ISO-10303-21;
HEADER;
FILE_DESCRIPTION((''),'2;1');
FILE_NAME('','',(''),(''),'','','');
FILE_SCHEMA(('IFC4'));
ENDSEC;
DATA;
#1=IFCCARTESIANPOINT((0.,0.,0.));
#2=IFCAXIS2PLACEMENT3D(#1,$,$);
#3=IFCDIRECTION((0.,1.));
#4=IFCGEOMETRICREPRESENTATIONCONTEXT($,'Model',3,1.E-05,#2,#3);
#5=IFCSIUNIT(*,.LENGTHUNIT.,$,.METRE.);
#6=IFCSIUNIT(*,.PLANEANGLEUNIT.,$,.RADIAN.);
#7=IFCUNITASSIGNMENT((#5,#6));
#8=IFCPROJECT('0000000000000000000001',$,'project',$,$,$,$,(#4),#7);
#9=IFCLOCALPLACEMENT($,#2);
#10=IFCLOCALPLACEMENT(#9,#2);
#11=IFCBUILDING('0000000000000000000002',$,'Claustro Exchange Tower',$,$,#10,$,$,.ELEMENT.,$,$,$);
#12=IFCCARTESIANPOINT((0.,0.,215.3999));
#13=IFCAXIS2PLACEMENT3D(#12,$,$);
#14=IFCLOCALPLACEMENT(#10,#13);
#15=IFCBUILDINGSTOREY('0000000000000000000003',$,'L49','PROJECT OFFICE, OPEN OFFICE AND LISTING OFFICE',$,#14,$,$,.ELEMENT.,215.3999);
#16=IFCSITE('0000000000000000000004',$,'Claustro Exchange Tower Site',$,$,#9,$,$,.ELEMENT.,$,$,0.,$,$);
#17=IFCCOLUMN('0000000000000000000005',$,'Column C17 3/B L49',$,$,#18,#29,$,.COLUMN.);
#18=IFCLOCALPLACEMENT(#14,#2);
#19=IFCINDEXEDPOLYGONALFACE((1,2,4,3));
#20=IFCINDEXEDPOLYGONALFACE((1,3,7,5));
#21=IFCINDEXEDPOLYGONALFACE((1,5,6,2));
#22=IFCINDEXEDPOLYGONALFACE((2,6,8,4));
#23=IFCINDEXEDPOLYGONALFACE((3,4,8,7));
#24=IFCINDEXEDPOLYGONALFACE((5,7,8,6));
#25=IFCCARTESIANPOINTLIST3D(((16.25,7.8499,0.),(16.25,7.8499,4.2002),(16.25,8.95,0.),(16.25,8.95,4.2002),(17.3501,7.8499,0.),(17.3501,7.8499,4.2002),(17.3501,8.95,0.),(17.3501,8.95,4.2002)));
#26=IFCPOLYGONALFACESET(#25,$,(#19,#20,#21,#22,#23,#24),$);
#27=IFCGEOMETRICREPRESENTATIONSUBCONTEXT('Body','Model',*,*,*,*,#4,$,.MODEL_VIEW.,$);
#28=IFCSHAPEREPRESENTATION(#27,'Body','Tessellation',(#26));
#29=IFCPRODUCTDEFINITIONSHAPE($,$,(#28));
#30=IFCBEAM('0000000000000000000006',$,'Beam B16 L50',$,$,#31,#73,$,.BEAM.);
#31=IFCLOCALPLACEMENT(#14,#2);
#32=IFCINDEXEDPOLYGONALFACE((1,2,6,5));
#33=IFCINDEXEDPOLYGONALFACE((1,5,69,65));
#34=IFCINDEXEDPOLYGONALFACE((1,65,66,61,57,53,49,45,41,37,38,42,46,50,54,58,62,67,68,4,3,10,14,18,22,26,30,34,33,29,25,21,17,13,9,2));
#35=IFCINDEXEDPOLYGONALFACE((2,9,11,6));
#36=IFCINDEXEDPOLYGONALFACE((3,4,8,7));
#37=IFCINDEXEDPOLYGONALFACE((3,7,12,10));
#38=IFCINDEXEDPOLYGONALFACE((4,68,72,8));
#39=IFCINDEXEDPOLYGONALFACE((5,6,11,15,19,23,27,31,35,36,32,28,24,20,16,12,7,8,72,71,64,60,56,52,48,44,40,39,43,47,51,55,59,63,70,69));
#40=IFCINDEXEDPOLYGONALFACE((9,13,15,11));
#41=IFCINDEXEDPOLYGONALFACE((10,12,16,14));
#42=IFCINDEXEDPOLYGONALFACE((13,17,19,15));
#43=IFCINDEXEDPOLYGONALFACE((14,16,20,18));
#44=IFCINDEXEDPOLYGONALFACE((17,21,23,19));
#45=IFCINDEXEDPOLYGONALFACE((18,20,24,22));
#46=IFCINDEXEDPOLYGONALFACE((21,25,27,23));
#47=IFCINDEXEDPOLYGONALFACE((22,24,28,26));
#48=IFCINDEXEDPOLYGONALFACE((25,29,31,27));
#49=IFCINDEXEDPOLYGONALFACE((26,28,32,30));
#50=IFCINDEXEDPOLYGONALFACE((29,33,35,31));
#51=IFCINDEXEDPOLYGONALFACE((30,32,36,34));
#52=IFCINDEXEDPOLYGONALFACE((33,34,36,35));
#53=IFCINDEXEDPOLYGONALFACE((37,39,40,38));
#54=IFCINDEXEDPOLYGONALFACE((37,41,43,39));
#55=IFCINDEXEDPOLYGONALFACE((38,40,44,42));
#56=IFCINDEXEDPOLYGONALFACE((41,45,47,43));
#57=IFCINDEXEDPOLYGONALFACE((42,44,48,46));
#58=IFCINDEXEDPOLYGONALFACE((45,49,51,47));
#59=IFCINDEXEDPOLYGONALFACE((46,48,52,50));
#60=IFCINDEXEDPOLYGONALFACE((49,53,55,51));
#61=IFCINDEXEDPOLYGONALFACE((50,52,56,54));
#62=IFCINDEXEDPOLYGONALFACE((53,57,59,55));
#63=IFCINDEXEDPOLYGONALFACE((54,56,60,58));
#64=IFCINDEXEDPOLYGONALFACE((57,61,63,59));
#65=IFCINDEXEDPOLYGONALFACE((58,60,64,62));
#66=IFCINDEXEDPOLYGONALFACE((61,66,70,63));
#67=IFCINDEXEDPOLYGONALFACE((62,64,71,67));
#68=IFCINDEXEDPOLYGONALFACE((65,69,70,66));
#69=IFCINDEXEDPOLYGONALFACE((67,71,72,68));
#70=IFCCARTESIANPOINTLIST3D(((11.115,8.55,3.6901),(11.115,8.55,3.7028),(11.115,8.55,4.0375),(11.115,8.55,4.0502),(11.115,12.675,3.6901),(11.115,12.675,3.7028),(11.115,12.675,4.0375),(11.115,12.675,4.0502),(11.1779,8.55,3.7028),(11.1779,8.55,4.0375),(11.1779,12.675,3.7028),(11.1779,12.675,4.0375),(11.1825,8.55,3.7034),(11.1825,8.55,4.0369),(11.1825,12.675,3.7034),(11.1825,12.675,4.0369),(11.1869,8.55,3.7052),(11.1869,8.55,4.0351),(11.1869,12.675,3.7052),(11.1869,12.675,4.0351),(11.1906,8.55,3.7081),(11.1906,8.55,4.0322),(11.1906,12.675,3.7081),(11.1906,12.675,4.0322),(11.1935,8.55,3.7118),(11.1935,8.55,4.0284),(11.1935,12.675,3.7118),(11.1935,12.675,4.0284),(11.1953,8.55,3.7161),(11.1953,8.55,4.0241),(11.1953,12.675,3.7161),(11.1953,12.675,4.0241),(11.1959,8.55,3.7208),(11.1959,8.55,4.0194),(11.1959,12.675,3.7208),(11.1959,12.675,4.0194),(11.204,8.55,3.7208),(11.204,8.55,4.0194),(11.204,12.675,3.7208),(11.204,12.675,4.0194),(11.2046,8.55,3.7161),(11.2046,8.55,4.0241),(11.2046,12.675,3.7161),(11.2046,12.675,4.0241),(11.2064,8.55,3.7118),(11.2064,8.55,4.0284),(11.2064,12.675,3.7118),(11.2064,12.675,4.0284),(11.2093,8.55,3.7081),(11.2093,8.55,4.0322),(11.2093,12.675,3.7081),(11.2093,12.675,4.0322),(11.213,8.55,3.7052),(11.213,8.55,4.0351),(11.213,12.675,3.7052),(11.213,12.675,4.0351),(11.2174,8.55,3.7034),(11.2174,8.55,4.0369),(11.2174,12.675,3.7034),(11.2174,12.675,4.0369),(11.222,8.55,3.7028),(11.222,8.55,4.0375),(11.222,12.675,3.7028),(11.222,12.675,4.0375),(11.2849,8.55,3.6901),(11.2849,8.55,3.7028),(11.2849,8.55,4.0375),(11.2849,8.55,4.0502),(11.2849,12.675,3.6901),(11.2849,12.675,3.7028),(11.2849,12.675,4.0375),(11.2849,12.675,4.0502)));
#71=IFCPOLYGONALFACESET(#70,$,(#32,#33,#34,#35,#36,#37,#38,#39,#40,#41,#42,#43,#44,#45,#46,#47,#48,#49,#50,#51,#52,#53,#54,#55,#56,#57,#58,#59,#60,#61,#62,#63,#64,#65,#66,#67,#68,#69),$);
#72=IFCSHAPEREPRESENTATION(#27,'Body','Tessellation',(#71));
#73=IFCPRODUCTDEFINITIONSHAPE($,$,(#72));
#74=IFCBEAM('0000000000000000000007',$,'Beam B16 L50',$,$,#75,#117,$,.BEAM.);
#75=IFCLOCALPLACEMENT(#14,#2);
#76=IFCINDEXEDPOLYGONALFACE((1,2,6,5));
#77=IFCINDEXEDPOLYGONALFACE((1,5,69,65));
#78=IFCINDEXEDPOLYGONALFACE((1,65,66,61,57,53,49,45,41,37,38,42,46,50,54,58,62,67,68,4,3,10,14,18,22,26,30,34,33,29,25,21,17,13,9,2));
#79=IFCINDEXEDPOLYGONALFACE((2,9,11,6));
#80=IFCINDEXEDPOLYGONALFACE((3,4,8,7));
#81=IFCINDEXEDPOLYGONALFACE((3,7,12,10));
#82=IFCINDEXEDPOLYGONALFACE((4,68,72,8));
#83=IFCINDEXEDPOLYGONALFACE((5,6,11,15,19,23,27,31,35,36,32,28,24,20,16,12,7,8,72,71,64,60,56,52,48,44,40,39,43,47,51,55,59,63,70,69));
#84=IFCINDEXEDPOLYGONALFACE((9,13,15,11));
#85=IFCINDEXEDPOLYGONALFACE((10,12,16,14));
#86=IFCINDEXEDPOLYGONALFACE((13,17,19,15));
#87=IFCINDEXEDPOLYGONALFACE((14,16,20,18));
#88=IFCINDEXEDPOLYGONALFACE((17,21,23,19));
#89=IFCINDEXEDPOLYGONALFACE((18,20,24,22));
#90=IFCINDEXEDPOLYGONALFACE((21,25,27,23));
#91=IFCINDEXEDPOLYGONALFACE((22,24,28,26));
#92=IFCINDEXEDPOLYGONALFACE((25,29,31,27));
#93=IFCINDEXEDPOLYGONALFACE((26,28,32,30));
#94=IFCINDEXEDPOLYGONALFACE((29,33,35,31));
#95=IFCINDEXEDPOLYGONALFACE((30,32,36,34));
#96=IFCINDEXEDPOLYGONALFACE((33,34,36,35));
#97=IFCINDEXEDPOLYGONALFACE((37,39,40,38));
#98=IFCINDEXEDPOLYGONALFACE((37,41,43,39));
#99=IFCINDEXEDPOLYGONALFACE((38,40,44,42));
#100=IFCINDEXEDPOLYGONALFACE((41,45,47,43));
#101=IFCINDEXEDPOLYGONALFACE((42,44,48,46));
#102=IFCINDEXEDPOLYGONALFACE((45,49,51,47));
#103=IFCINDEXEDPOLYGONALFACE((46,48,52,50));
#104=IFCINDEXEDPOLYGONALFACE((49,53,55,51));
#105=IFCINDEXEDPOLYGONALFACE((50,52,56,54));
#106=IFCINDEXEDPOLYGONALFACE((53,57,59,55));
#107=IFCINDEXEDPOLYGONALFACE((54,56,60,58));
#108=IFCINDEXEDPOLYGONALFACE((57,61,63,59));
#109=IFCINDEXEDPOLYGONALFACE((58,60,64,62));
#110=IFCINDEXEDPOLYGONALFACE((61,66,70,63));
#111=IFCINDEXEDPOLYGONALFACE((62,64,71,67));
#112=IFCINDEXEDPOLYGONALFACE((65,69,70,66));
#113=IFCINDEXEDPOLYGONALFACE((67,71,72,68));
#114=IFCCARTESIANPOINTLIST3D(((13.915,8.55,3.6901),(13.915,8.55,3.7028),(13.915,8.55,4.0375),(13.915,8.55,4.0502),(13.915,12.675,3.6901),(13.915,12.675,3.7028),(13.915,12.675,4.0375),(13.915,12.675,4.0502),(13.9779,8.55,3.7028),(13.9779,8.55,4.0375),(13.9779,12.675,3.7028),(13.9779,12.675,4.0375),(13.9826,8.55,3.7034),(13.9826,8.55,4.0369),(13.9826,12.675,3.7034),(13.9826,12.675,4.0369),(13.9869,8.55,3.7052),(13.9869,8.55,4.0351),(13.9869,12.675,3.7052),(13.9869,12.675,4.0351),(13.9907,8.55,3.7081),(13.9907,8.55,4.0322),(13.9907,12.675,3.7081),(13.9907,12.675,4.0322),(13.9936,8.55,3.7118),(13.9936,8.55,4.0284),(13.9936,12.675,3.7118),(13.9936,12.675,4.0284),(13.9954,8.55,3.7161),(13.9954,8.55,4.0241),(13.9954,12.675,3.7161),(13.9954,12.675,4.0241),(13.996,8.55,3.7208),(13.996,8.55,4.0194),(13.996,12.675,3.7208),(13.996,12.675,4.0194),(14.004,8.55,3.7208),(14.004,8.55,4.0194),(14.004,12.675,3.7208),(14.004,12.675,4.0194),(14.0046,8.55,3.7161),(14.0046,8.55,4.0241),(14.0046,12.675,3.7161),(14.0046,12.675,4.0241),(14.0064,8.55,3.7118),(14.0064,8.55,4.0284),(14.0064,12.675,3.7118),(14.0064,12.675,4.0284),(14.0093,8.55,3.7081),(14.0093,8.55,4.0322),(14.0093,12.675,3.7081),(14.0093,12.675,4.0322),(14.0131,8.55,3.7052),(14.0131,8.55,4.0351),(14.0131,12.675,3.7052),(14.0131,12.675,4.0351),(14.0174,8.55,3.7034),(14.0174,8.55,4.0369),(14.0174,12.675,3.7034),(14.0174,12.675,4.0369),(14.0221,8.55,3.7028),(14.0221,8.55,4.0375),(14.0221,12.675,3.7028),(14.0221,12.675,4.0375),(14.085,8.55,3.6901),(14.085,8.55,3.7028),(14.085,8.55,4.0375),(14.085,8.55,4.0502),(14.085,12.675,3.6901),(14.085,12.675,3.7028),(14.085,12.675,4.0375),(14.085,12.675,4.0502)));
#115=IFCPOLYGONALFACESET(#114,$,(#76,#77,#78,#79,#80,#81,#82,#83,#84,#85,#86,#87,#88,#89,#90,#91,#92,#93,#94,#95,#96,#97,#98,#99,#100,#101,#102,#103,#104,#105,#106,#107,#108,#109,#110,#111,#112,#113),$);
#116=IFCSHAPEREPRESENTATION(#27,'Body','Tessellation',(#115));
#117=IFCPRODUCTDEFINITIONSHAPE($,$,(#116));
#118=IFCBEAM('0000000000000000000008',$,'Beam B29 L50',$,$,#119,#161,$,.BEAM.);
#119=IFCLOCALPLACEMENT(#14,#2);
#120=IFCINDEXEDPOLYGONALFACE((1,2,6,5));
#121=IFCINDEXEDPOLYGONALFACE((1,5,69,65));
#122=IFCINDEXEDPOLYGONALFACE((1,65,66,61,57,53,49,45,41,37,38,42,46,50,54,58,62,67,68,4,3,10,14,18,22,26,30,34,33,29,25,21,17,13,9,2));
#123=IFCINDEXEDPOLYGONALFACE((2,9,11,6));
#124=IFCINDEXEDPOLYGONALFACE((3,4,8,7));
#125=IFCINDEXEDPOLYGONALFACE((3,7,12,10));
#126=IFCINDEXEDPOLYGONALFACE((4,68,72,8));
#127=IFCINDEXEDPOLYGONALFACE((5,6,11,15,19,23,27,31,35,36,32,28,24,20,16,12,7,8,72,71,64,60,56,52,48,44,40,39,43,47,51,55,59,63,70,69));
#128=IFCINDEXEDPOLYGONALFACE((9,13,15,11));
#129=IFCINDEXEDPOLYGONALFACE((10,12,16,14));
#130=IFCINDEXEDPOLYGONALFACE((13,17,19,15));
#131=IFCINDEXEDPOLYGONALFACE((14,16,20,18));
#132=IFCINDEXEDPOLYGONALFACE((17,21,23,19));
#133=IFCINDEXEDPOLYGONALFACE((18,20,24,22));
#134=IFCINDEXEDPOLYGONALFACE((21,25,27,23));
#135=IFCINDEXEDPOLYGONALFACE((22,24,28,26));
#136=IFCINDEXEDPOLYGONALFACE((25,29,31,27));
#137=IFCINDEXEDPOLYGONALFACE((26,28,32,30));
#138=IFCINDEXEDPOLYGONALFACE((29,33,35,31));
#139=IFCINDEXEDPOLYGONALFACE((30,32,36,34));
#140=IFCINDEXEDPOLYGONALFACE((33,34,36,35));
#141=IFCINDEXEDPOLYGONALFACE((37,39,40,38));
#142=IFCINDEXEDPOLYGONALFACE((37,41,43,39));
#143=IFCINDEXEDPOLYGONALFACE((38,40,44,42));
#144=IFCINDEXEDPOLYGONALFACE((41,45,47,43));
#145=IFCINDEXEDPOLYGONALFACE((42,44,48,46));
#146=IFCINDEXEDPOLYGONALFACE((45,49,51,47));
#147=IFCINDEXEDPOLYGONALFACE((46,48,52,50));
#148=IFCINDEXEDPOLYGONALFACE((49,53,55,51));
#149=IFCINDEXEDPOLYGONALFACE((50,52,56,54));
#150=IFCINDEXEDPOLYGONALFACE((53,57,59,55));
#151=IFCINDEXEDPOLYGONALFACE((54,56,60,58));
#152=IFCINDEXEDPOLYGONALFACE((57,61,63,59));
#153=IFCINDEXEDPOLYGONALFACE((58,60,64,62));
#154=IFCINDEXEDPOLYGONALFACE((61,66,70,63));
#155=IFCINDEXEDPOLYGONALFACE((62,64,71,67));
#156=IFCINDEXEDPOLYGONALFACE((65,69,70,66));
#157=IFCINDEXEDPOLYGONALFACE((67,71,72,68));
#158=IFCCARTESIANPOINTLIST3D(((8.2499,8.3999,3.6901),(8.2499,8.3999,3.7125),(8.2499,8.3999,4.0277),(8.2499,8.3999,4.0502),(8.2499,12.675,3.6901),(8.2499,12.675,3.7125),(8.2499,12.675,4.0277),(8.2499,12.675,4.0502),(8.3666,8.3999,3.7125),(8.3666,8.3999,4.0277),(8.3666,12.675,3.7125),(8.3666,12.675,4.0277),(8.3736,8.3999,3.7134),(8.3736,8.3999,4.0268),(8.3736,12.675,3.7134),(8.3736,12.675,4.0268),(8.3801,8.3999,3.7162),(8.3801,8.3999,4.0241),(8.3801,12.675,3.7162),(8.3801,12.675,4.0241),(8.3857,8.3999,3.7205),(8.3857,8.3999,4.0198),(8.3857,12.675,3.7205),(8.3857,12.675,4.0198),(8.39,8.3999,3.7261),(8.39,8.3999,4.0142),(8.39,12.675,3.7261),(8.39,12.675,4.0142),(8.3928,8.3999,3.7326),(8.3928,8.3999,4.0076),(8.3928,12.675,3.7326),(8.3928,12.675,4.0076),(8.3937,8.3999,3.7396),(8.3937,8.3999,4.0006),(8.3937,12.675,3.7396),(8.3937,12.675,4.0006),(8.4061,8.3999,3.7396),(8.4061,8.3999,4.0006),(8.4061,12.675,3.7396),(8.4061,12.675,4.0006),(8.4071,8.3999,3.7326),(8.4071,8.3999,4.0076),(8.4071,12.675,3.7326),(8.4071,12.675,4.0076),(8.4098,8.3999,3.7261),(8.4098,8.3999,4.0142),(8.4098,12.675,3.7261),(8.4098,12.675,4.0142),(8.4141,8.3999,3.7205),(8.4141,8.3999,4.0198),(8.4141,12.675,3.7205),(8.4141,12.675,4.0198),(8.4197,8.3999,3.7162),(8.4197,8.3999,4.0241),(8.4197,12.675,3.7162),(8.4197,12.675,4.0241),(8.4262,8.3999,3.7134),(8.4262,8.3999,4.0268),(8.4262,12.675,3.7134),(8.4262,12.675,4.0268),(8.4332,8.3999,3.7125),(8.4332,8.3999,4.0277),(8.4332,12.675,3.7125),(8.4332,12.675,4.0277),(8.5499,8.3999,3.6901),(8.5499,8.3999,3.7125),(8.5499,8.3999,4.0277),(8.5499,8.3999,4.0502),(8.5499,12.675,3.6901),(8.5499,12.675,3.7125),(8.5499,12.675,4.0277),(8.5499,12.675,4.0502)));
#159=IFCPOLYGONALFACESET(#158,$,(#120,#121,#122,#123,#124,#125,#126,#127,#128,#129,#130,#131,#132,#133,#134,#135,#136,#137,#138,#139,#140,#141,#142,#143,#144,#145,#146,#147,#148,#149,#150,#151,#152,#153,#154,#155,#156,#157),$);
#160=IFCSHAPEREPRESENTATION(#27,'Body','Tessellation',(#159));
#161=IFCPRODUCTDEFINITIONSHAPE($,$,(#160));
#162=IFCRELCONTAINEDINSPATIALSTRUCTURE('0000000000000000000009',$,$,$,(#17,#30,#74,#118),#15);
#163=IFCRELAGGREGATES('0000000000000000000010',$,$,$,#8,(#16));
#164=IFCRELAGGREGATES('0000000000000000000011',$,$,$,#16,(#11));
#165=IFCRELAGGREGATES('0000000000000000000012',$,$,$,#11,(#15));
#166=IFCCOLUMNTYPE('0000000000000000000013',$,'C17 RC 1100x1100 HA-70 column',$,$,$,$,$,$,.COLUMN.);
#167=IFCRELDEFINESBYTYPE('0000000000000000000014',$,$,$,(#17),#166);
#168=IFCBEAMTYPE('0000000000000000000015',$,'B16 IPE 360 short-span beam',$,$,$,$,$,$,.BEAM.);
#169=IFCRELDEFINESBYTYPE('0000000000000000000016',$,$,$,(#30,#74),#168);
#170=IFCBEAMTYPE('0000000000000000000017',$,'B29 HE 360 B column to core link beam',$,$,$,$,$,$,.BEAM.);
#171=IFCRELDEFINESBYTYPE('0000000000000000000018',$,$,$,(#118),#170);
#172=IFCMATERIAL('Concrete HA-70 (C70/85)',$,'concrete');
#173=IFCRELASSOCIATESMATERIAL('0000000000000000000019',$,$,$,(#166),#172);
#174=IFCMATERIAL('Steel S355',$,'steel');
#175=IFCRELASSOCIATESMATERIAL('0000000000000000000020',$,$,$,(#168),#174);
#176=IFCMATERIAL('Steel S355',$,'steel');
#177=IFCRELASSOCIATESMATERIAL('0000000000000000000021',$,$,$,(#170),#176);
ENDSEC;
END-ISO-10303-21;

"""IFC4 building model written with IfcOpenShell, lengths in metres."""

from ifc_helpers import new_model, si_unit, direction, frame, origin, origin_2d, place, context, subcontext, project, spatial, rectangle, i_section, extrude, material, material_profile, profile_set, type_object, element, save


model = new_model("IFC4")

# Units and contexts
model_context = context("Model", 3, precision=1e-05, world=origin(), true_north=direction((0.0, 1.0)))
body_context = subcontext(model_context, "Body", "Model", "MODEL_VIEW")
ifc_project = project(units=[si_unit("LENGTHUNIT", "METRE"), si_unit("PLANEANGLEUNIT", "RADIAN")], contexts=[model_context])

# Site, building, storey
site_placement = place(None, origin())
site = spatial("IfcSite", under=ifc_project, at=site_placement, Name="Claustro Exchange Tower Site", CompositionType="ELEMENT", RefElevation=0.0)
building_placement = place(site_placement, origin())
building = spatial("IfcBuilding", under=site, at=building_placement, Name="Claustro Exchange Tower", CompositionType="ELEMENT")
storey_placement = place(building_placement, frame((0.0, 0.0, 215.3999)))
storey = spatial("IfcBuildingStorey", under=building, at=storey_placement, Name="L49", Description="PROJECT OFFICE, OPEN OFFICE AND LISTING OFFICE", CompositionType="ELEMENT", Elevation=215.3999)

# Column
ifc_material_1 = material(Name="Concrete HA-70 (C70/85)", Category="concrete")
ifc_material_profile_1 = material_profile(ifc_material_1, rectangle(XDim=1.1001, YDim=1.1001, at=origin_2d()), Name="RC 1100x1100")
ifc_profile_set_1 = profile_set([ifc_material_profile_1], Name="Concrete HA-70 (C70/85)")
column_type = type_object("IfcColumnType", Name="C17 RC 1100x1100 HA-70 column", PredefinedType="COLUMN", material=ifc_profile_set_1)
column_placement = place(storey_placement, frame((16.8, 8.3999, 0.0), z_axis=(0.0, 0.0, 1.0), x_axis=(1.0, 0.0, 0.0)))
element("IfcColumn", 1, at=column_placement, inside=storey, type_object=column_type, Name="Column C17 3/B L49", PredefinedType="COLUMN", context=body_context, shape_type="SweptSolid", body=[
    extrude(rectangle(XDim=1.1001, YDim=1.1001, at=origin_2d()), origin(), (0.0, 0.0, 1.0), 4.2002),
])

# Beams
ifc_material_2 = material(Name="Steel S355", Category="steel")
ifc_material_profile_2 = material_profile(ifc_material_2, i_section(OverallWidth=0.1699, OverallDepth=0.3601, WebThickness=0.0081, FlangeThickness=0.0127, FilletRadius=0.0181, at=origin_2d()), Name="IPE 360")
ifc_profile_set_2 = profile_set([ifc_material_profile_2], Name="Steel S355")
beam_type_1 = type_object("IfcBeamType", Name="B16 IPE 360 short-span beam", PredefinedType="BEAM", material=ifc_profile_set_2)
for number, where, z_axis, x_axis, name in (
    (2, (11.2, 8.55, 3.8701), (0.0, 1.0, 0.0), (-1.0, 0.0, 0.0), "Beam B16 L50"),
    (3, (14.0, 8.55, 3.8701), (0.0, 1.0, 0.0), (-1.0, 0.0, 0.0), "Beam B16 L50"),
):
    element("IfcBeam", number, at=place(storey_placement, frame(where, z_axis=z_axis, x_axis=x_axis)), inside=storey, type_object=beam_type_1, Name=name, PredefinedType="BEAM", context=body_context, shape_type="SweptSolid", body=[
        extrude(i_section(OverallWidth=0.1699, OverallDepth=0.3601, WebThickness=0.0081, FlangeThickness=0.0127, FilletRadius=0.0181, at=origin_2d()), origin(), (0.0, 0.0, 1.0), 4.125),
    ])
ifc_material_3 = material(Name="Steel S355", Category="steel")
ifc_material_profile_3 = material_profile(ifc_material_3, i_section(OverallWidth=0.3, OverallDepth=0.3601, WebThickness=0.0125, FlangeThickness=0.0225, FilletRadius=0.0271, at=origin_2d()), Name="HE 360 B")
ifc_profile_set_3 = profile_set([ifc_material_profile_3], Name="Steel S355")
beam_type_2 = type_object("IfcBeamType", Name="B29 HE 360 B column to core link beam", PredefinedType="BEAM", material=ifc_profile_set_3)
for number, where, z_axis, x_axis, name in (
    (4, (8.3999, 8.3999, 3.8701), (0.0, 1.0, 0.0), (-1.0, 0.0, 0.0), "Beam B29 L50"),
):
    element("IfcBeam", number, at=place(storey_placement, frame(where, z_axis=z_axis, x_axis=x_axis)), inside=storey, type_object=beam_type_2, Name=name, PredefinedType="BEAM", context=body_context, shape_type="SweptSolid", body=[
        extrude(i_section(OverallWidth=0.3, OverallDepth=0.3601, WebThickness=0.0125, FlangeThickness=0.0225, FilletRadius=0.0271, at=origin_2d()), origin(), (0.0, 0.0, 1.0), 4.2751),
    ])

save(model, "model.ifc")
